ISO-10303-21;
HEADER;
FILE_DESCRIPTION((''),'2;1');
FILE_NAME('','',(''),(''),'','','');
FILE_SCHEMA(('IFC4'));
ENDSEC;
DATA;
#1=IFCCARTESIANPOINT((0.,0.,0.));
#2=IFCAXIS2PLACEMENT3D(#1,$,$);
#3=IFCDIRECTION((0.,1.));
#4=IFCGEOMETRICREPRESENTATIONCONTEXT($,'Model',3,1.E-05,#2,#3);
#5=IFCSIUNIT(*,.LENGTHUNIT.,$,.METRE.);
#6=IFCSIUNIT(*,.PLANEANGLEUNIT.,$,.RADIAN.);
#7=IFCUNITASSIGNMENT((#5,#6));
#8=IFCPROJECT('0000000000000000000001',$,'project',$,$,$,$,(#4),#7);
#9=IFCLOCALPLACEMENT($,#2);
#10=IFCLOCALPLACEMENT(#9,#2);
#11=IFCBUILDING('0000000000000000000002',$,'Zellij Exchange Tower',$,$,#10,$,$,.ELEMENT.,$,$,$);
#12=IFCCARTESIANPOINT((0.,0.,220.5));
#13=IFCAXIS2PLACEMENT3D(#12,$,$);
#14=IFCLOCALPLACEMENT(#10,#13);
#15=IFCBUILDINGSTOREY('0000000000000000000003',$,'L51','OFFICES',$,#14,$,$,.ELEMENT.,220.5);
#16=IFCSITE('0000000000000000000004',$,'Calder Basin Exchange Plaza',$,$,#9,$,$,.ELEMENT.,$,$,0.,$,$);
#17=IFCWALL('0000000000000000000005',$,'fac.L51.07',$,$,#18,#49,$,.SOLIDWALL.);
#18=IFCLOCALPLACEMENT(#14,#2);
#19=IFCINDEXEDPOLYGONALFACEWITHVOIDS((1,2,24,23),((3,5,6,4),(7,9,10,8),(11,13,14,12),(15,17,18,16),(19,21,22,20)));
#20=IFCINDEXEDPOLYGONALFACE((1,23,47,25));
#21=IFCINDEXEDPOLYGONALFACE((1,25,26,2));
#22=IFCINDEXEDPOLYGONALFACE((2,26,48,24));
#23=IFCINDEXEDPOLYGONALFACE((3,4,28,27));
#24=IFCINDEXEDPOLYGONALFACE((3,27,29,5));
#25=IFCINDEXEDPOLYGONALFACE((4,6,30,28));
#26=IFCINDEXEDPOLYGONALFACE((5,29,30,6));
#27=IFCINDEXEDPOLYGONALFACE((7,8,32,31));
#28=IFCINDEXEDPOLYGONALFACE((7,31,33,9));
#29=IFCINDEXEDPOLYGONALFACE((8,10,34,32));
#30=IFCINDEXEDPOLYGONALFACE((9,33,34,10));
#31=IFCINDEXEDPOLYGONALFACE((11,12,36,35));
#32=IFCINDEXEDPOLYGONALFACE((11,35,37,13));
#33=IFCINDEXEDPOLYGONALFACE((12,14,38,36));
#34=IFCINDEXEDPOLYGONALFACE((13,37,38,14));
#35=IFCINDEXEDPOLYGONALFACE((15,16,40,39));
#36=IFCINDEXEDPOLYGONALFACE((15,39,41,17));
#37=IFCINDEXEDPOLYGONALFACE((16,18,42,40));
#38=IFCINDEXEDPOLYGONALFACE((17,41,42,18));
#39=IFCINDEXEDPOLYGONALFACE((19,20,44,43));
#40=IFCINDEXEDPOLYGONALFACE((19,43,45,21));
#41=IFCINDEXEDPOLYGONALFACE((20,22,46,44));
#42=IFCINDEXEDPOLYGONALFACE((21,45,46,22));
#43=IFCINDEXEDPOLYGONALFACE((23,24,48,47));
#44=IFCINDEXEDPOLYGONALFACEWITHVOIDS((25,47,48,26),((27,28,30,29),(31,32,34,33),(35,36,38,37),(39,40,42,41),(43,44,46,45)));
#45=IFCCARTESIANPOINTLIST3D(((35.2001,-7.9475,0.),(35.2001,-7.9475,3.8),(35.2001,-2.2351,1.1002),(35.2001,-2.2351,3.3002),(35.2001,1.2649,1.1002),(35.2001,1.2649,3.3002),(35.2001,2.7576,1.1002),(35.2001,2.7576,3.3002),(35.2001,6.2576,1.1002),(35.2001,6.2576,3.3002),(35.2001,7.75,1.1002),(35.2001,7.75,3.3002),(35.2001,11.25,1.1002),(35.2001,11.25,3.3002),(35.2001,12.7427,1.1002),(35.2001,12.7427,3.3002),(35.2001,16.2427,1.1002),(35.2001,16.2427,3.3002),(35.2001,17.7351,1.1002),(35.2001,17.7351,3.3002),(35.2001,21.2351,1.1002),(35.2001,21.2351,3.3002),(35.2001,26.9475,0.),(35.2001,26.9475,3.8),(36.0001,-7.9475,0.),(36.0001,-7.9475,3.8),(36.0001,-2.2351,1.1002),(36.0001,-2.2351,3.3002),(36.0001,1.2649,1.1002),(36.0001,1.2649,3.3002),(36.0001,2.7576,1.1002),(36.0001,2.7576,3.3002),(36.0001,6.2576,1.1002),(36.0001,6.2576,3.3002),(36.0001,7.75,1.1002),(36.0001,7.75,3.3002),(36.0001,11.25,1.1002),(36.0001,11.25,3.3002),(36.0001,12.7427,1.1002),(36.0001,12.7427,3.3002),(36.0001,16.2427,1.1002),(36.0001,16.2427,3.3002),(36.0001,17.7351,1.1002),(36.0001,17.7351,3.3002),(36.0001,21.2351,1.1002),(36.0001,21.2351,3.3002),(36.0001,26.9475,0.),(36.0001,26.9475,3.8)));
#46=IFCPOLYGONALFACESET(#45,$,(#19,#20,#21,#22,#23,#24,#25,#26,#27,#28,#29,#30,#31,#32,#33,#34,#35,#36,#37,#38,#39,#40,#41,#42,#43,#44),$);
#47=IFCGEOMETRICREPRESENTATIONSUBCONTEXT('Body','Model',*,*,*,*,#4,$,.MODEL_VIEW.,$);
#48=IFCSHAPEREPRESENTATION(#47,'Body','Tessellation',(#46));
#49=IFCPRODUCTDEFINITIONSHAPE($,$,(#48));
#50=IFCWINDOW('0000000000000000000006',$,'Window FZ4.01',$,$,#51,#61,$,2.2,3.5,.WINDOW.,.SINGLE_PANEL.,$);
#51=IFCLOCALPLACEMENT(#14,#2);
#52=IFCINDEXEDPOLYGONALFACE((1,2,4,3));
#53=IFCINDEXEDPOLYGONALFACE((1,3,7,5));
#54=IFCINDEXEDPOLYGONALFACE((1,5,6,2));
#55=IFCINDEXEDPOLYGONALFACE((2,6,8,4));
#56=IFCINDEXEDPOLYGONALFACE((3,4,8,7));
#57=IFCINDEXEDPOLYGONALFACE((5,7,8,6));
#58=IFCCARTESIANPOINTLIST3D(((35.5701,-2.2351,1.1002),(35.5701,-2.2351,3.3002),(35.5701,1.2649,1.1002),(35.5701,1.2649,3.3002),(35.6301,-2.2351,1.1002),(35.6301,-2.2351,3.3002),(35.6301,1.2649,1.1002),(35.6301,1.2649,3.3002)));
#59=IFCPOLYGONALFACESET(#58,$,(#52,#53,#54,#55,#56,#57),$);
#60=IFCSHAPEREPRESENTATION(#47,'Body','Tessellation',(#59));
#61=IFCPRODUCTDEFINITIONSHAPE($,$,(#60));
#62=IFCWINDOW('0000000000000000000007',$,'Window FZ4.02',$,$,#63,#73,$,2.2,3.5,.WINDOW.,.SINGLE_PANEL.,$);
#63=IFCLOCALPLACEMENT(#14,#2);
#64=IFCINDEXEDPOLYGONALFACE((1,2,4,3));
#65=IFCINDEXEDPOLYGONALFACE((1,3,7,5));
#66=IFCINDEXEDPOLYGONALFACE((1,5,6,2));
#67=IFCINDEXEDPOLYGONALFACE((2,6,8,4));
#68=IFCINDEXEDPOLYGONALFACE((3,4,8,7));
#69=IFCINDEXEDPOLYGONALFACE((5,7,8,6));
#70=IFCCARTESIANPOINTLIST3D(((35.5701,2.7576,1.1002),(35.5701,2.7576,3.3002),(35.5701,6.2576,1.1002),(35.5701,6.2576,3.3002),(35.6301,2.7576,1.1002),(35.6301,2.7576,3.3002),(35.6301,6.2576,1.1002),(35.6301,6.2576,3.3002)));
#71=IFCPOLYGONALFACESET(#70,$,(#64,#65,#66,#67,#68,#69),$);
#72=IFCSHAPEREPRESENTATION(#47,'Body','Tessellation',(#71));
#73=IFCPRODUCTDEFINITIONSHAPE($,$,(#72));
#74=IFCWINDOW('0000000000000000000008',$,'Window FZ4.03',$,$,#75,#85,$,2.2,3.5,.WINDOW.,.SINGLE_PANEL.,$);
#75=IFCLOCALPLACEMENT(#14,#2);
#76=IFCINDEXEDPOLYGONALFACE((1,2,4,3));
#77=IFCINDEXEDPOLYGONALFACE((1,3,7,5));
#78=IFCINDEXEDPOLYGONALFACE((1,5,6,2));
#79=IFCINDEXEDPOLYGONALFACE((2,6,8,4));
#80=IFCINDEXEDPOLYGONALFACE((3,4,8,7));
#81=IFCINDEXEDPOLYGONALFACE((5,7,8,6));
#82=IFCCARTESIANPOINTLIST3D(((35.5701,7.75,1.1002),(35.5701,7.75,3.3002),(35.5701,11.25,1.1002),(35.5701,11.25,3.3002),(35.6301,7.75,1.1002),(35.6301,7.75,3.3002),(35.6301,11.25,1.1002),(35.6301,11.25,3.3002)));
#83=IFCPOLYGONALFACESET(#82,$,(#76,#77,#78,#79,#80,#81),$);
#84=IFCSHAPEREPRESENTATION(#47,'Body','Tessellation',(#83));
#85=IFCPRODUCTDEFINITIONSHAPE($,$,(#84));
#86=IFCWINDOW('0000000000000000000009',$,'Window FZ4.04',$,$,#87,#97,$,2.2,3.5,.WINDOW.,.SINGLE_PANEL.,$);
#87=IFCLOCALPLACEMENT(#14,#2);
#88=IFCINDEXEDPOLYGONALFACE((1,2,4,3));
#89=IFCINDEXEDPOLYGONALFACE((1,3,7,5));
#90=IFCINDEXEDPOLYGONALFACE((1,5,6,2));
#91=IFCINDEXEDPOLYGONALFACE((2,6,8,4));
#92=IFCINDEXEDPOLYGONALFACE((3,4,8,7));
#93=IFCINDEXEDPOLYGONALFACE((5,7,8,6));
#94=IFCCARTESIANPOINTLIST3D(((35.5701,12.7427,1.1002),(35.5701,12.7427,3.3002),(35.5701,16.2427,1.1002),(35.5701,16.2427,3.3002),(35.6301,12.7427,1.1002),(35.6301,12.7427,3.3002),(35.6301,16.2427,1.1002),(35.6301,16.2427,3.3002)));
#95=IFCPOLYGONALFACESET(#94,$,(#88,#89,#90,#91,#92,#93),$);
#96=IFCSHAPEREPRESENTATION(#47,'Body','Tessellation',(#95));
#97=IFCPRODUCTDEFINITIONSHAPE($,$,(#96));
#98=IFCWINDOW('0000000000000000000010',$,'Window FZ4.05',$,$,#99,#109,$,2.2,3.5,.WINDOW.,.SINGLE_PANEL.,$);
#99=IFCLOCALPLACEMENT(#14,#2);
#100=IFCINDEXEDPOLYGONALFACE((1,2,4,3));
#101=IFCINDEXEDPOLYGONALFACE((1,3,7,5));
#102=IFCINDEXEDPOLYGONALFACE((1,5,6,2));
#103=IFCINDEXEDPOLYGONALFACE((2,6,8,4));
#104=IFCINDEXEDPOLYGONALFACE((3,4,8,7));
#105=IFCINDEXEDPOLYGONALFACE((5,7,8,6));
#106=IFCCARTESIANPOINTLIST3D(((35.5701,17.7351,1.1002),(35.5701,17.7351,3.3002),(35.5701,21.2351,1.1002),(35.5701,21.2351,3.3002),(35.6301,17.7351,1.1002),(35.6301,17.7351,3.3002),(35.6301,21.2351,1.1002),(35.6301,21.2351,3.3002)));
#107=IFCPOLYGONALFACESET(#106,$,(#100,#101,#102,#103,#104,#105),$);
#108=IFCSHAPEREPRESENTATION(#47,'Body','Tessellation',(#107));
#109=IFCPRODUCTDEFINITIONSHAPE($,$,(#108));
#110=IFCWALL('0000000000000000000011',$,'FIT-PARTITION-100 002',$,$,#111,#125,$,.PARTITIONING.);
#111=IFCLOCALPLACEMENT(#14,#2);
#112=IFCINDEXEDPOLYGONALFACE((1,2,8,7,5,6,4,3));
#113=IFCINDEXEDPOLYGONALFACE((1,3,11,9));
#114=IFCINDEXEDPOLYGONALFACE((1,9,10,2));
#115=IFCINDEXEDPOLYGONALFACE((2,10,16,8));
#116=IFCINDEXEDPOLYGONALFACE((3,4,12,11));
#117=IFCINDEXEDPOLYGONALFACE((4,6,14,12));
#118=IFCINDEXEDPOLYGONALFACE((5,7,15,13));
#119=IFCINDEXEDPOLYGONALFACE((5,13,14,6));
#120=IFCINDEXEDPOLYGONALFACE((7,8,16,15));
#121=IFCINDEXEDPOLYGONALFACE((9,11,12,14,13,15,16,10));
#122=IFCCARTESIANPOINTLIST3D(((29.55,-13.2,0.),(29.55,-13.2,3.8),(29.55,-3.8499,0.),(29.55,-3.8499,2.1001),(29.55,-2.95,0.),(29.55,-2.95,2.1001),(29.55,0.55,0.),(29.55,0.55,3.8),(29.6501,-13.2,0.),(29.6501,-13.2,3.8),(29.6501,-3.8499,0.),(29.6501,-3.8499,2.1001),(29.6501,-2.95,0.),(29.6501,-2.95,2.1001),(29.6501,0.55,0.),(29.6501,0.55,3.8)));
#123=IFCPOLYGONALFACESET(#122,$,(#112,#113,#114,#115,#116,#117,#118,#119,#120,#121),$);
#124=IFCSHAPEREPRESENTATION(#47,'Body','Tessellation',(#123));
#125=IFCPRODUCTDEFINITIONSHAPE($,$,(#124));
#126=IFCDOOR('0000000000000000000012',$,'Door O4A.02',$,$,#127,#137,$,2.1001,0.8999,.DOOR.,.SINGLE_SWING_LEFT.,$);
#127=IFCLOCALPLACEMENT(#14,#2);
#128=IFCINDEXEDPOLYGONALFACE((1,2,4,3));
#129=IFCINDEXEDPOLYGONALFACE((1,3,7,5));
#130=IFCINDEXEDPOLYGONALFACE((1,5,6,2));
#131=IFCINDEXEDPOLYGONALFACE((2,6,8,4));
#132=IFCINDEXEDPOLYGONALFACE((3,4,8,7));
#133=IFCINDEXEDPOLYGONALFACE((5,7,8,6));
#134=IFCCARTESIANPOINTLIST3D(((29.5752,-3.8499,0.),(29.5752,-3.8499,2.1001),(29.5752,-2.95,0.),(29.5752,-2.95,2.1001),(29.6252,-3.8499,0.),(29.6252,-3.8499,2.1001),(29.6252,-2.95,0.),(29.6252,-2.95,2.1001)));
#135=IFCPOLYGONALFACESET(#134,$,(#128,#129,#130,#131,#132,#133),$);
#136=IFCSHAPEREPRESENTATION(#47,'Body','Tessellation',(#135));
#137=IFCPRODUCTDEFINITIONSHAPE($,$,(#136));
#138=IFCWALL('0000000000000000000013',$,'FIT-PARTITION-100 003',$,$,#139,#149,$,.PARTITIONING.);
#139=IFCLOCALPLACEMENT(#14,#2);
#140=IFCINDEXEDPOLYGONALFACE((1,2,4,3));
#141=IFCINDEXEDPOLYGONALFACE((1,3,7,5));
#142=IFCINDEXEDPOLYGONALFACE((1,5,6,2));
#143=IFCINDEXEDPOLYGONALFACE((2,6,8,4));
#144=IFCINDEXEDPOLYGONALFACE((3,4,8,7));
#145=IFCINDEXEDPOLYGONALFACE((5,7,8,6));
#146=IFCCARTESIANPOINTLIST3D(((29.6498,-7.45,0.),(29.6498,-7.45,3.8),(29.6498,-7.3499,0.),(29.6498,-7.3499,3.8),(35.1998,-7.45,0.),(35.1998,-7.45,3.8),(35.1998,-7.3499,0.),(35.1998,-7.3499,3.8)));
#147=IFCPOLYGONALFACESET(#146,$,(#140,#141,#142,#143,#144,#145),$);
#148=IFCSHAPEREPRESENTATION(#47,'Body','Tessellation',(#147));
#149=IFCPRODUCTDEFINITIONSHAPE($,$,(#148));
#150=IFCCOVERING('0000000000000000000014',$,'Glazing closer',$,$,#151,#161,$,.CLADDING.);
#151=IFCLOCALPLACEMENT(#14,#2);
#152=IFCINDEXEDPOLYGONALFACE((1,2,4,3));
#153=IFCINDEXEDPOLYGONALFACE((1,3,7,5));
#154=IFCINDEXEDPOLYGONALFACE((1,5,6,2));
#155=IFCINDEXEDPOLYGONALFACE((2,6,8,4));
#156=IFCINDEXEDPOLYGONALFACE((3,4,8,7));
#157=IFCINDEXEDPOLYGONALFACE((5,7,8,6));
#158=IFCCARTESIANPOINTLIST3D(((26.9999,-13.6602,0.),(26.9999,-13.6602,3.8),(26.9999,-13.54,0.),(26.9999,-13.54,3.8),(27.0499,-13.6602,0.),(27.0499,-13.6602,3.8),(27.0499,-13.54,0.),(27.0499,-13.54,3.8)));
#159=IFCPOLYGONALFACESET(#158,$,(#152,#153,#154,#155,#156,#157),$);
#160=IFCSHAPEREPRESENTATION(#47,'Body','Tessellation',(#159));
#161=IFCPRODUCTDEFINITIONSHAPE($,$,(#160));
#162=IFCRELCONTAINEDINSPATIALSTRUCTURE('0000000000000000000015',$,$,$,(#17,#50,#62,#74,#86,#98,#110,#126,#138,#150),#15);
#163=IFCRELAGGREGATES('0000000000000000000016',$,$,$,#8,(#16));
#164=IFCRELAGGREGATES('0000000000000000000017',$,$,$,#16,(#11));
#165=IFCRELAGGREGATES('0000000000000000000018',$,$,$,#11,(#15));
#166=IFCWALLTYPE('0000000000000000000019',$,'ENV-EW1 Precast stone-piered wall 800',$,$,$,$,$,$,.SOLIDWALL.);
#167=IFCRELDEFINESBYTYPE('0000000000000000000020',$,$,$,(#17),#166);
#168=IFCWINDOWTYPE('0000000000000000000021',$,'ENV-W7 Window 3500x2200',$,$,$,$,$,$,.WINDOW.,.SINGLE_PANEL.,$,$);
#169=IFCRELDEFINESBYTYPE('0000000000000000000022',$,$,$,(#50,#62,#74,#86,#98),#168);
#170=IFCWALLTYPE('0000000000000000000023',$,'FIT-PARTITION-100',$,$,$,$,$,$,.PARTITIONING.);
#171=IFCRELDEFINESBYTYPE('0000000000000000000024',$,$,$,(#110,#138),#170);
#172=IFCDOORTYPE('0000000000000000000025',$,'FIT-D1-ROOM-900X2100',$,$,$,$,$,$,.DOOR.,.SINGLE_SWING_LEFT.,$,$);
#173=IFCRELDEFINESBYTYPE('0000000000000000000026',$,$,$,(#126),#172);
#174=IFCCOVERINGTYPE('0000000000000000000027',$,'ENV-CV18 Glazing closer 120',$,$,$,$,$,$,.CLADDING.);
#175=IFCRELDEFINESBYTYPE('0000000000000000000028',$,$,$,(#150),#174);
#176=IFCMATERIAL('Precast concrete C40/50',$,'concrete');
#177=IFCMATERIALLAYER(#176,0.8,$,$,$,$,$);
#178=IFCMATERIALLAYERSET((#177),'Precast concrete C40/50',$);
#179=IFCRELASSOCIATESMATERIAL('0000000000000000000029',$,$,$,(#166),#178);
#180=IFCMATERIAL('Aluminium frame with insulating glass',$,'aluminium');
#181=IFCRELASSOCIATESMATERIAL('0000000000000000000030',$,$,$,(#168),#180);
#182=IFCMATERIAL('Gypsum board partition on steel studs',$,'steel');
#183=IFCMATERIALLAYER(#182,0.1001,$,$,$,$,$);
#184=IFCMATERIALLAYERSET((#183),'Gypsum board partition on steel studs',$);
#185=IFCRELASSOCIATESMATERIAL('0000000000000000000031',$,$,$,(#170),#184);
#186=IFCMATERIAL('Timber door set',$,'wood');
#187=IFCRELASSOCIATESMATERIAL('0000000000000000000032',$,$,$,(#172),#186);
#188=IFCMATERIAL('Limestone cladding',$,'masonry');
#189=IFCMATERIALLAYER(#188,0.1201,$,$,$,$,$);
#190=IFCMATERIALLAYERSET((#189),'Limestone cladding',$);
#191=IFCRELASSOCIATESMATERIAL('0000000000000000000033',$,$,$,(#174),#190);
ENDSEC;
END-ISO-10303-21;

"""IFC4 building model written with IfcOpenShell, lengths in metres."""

from ifc_helpers import new_model, si_unit, direction, frame, frame_2d, origin, origin_2d, place, context, subcontext, project, spatial, rectangle, extrude, material, layer, layer_set, type_object, element, fill, save


model = new_model("IFC4")

# Units and contexts
model_context = context("Model", 3, precision=1e-05, world=origin(), true_north=direction((0.0, 1.0)))
body_context = subcontext(model_context, "Body", "Model", "MODEL_VIEW")
ifc_project = project(units=[si_unit("LENGTHUNIT", "METRE"), si_unit("PLANEANGLEUNIT", "RADIAN")], contexts=[model_context])

# Site, building, storey
site_placement = place(None, origin())
site = spatial("IfcSite", under=ifc_project, at=site_placement, Name="Calder Basin Exchange Plaza", CompositionType="ELEMENT", RefElevation=0.0)
building_placement = place(site_placement, origin())
building = spatial("IfcBuilding", under=site, at=building_placement, Name="Zellij Exchange Tower", CompositionType="ELEMENT")
storey_placement = place(building_placement, frame((0.0, 0.0, 220.5)))
storey = spatial("IfcBuildingStorey", under=building, at=storey_placement, Name="L51", Description="OFFICES", CompositionType="ELEMENT", Elevation=220.5)

# Shared definitions
ifc_material_1 = material(Name="Precast concrete C40/50", Category="concrete")
ifc_layer_1 = layer(ifc_material_1, 0.8)
ifc_layer_set_1 = layer_set([ifc_layer_1], Name="Precast concrete C40/50")
wall_type_1 = type_object("IfcWallType", Name="ENV-EW1 Precast stone-piered wall 800", PredefinedType="SOLIDWALL", material=ifc_layer_set_1)

# Wall, openings, windows
wall_1_placement = place(storey_placement, frame((35.6001, -7.9475, 0.0), z_axis=(0.0, 0.0, 1.0), x_axis=(0.0, 1.0, 0.0)))
wall_1 = element("IfcWall", 1, at=wall_1_placement, inside=storey, type_object=wall_type_1, Name="fac.L51.07", PredefinedType="SOLIDWALL", context=body_context, shape_type="SweptSolid", body=[
    extrude(rectangle(XDim=34.895, YDim=0.8, at=frame_2d((17.4475, 0.0))), origin(), (0.0, 0.0, 1.0), 3.8),
])
opening_1_placement = place(wall_1_placement, frame((5.7124, 0.0, 1.1001)))
opening_1 = element("IfcOpeningElement", 2, at=opening_1_placement, cuts=wall_1, PredefinedType="OPENING", context=body_context, shape_type="SweptSolid", body=[
    extrude(rectangle(XDim=3.5, YDim=2.2, at=frame_2d((1.75, 1.1001))), frame((0.0, 0.4121, 0.0), z_axis=(0.0, -1.0, 0.0), x_axis=(1.0, 0.0, 0.0)), (0.0, 0.0, 1.0), 0.824),
])
opening_2_placement = place(wall_1_placement, frame((10.7051, 0.0, 1.1001)))
opening_2 = element("IfcOpeningElement", 3, at=opening_2_placement, cuts=wall_1, PredefinedType="OPENING", context=body_context, shape_type="SweptSolid", body=[
    extrude(rectangle(XDim=3.5, YDim=2.2, at=frame_2d((1.75, 1.1001))), frame((0.0, 0.4121, 0.0), z_axis=(0.0, -1.0, 0.0), x_axis=(1.0, 0.0, 0.0)), (0.0, 0.0, 1.0), 0.824),
])
opening_3_placement = place(wall_1_placement, frame((15.6975, 0.0, 1.1001)))
opening_3 = element("IfcOpeningElement", 4, at=opening_3_placement, cuts=wall_1, PredefinedType="OPENING", context=body_context, shape_type="SweptSolid", body=[
    extrude(rectangle(XDim=3.5, YDim=2.2, at=frame_2d((1.75, 1.1001))), frame((0.0, 0.4121, 0.0), z_axis=(0.0, -1.0, 0.0), x_axis=(1.0, 0.0, 0.0)), (0.0, 0.0, 1.0), 0.824),
])
opening_4_placement = place(wall_1_placement, frame((20.6902, 0.0, 1.1001)))
opening_4 = element("IfcOpeningElement", 5, at=opening_4_placement, cuts=wall_1, PredefinedType="OPENING", context=body_context, shape_type="SweptSolid", body=[
    extrude(rectangle(XDim=3.5, YDim=2.2, at=frame_2d((1.75, 1.1001))), frame((0.0, 0.4121, 0.0), z_axis=(0.0, -1.0, 0.0), x_axis=(1.0, 0.0, 0.0)), (0.0, 0.0, 1.0), 0.824),
])
opening_5_placement = place(wall_1_placement, frame((25.6826, 0.0, 1.1001)))
opening_5 = element("IfcOpeningElement", 6, at=opening_5_placement, cuts=wall_1, PredefinedType="OPENING", context=body_context, shape_type="SweptSolid", body=[
    extrude(rectangle(XDim=3.5, YDim=2.2, at=frame_2d((1.75, 1.1001))), frame((0.0, 0.4121, 0.0), z_axis=(0.0, -1.0, 0.0), x_axis=(1.0, 0.0, 0.0)), (0.0, 0.0, 1.0), 0.824),
])
ifc_material_2 = material(Name="Aluminium frame with insulating glass", Category="aluminium")
window_type = type_object("IfcWindowType", Name="ENV-W7 Window 3500x2200", PartitioningType="SINGLE_PANEL", PredefinedType="WINDOW", material=ifc_material_2)
window_1_placement = place(opening_1_placement, origin())
window_1 = element("IfcWindow", 7, at=window_1_placement, inside=storey, type_object=window_type, Name="Window FZ4.01", OverallHeight=2.2, OverallWidth=3.5, PartitioningType="SINGLE_PANEL", PredefinedType="WINDOW", context=body_context, shape_type="SweptSolid", body=[
    extrude(rectangle(XDim=3.5, YDim=2.2, at=frame_2d((1.75, 1.1001))), frame((0.0, 0.03, 0.0), z_axis=(0.0, -1.0, 0.0), x_axis=(1.0, 0.0, 0.0)), (0.0, 0.0, 1.0), 0.0601),
])
fill(opening_1, window_1)
window_2_placement = place(opening_2_placement, origin())
window_2 = element("IfcWindow", 8, at=window_2_placement, inside=storey, type_object=window_type, Name="Window FZ4.02", OverallHeight=2.2, OverallWidth=3.5, PartitioningType="SINGLE_PANEL", PredefinedType="WINDOW", context=body_context, shape_type="SweptSolid", body=[
    extrude(rectangle(XDim=3.5, YDim=2.2, at=frame_2d((1.75, 1.1001))), frame((0.0, 0.03, 0.0), z_axis=(0.0, -1.0, 0.0), x_axis=(1.0, 0.0, 0.0)), (0.0, 0.0, 1.0), 0.0601),
])
fill(opening_2, window_2)
window_3_placement = place(opening_3_placement, origin())
window_3 = element("IfcWindow", 9, at=window_3_placement, inside=storey, type_object=window_type, Name="Window FZ4.03", OverallHeight=2.2, OverallWidth=3.5, PartitioningType="SINGLE_PANEL", PredefinedType="WINDOW", context=body_context, shape_type="SweptSolid", body=[
    extrude(rectangle(XDim=3.5, YDim=2.2, at=frame_2d((1.75, 1.1001))), frame((0.0, 0.03, 0.0), z_axis=(0.0, -1.0, 0.0), x_axis=(1.0, 0.0, 0.0)), (0.0, 0.0, 1.0), 0.0601),
])
fill(opening_3, window_3)
window_4_placement = place(opening_4_placement, origin())
window_4 = element("IfcWindow", 10, at=window_4_placement, inside=storey, type_object=window_type, Name="Window FZ4.04", OverallHeight=2.2, OverallWidth=3.5, PartitioningType="SINGLE_PANEL", PredefinedType="WINDOW", context=body_context, shape_type="SweptSolid", body=[
    extrude(rectangle(XDim=3.5, YDim=2.2, at=frame_2d((1.75, 1.1001))), frame((0.0, 0.03, 0.0), z_axis=(0.0, -1.0, 0.0), x_axis=(1.0, 0.0, 0.0)), (0.0, 0.0, 1.0), 0.0601),
])
fill(opening_4, window_4)
window_5_placement = place(opening_5_placement, origin())
window_5 = element("IfcWindow", 11, at=window_5_placement, inside=storey, type_object=window_type, Name="Window FZ4.05", OverallHeight=2.2, OverallWidth=3.5, PartitioningType="SINGLE_PANEL", PredefinedType="WINDOW", context=body_context, shape_type="SweptSolid", body=[
    extrude(rectangle(XDim=3.5, YDim=2.2, at=frame_2d((1.75, 1.1001))), frame((0.0, 0.03, 0.0), z_axis=(0.0, -1.0, 0.0), x_axis=(1.0, 0.0, 0.0)), (0.0, 0.0, 1.0), 0.0601),
])
fill(opening_5, window_5)

# Wall, opening, door
ifc_material_3 = material(Name="Gypsum board partition on steel studs", Category="steel")
ifc_layer_2 = layer(ifc_material_3, 0.1001)
ifc_layer_set_2 = layer_set([ifc_layer_2], Name="Gypsum board partition on steel studs")
wall_type_2 = type_object("IfcWallType", Name="FIT-PARTITION-100", PredefinedType="PARTITIONING", material=ifc_layer_set_2)
wall_2_placement = place(storey_placement, frame((29.6001, -13.2, 0.0), z_axis=(0.0, 0.0, 1.0), x_axis=(0.0, 1.0, 0.0)))
wall_2 = element("IfcWall", 12, at=wall_2_placement, inside=storey, type_object=wall_type_2, Name="FIT-PARTITION-100 002", PredefinedType="PARTITIONING", context=body_context, shape_type="SweptSolid", body=[
    extrude(rectangle(XDim=13.75, YDim=0.1001, at=frame_2d((6.875, 0.0))), origin(), (0.0, 0.0, 1.0), 3.8),
])
opening_6_placement = place(wall_2_placement, frame((9.3501, 0.0, 0.0)))
opening_6 = element("IfcOpeningElement", 13, at=opening_6_placement, cuts=wall_2, PredefinedType="OPENING", context=body_context, shape_type="SweptSolid", body=[
    extrude(rectangle(XDim=0.8999, YDim=2.1001, at=frame_2d((0.45, 1.05))), frame((0.0, 0.062, 0.0), z_axis=(0.0, -1.0, 0.0), x_axis=(1.0, 0.0, 0.0)), (0.0, 0.0, 1.0), 0.124),
])
ifc_material_4 = material(Name="Timber door set", Category="wood")
door_type_1 = type_object("IfcDoorType", Name="FIT-D1-ROOM-900X2100", OperationType="SINGLE_SWING_LEFT", PredefinedType="DOOR", material=ifc_material_4)
door_1_placement = place(opening_6_placement, origin())
door_1 = element("IfcDoor", 14, at=door_1_placement, inside=storey, type_object=door_type_1, Name="Door O4A.02", OperationType="SINGLE_SWING_LEFT", OverallHeight=2.1001, OverallWidth=0.8999, PredefinedType="DOOR", context=body_context, shape_type="SweptSolid", body=[
    extrude(rectangle(XDim=0.8999, YDim=2.1001, at=frame_2d((0.45, 1.05))), frame((0.0, 0.0249, 0.0), z_axis=(0.0, -1.0, 0.0), x_axis=(1.0, 0.0, 0.0)), (0.0, 0.0, 1.0), 0.05),
])
fill(opening_6, door_1)

# Wall
wall_3_placement = place(storey_placement, frame((29.6499, -7.3999, 0.0), z_axis=(0.0, 0.0, 1.0), x_axis=(1.0, 0.0, 0.0)))
element("IfcWall", 15, at=wall_3_placement, inside=storey, type_object=wall_type_2, Name="FIT-PARTITION-100 003", PredefinedType="PARTITIONING", context=body_context, shape_type="SweptSolid", body=[
    extrude(rectangle(XDim=5.55, YDim=0.1001, at=frame_2d((2.7749, 0.0))), origin(), (0.0, 0.0, 1.0), 3.8),
])

# Covering
ifc_material_5 = material(Name="Limestone cladding", Category="masonry")
ifc_layer_3 = layer(ifc_material_5, 0.1201)
ifc_layer_set_3 = layer_set([ifc_layer_3], Name="Limestone cladding")
covering_type = type_object("IfcCoveringType", Name="ENV-CV18 Glazing closer 120", PredefinedType="CLADDING", material=ifc_layer_set_3)
covering_placement = place(storey_placement, frame((27.0249, -13.6001, 0.0), z_axis=(0.0, 0.0, 1.0), x_axis=(-1.0, 0.0, 0.0)))
element("IfcCovering", 16, at=covering_placement, inside=storey, type_object=covering_type, Name="Glazing closer", PredefinedType="CLADDING", context=body_context, shape_type="SweptSolid", body=[
    extrude(rectangle(XDim=0.05, YDim=0.1201, at=origin_2d()), origin(), (0.0, 0.0, 1.0), 3.8),
])

save(model, "model.ifc")
